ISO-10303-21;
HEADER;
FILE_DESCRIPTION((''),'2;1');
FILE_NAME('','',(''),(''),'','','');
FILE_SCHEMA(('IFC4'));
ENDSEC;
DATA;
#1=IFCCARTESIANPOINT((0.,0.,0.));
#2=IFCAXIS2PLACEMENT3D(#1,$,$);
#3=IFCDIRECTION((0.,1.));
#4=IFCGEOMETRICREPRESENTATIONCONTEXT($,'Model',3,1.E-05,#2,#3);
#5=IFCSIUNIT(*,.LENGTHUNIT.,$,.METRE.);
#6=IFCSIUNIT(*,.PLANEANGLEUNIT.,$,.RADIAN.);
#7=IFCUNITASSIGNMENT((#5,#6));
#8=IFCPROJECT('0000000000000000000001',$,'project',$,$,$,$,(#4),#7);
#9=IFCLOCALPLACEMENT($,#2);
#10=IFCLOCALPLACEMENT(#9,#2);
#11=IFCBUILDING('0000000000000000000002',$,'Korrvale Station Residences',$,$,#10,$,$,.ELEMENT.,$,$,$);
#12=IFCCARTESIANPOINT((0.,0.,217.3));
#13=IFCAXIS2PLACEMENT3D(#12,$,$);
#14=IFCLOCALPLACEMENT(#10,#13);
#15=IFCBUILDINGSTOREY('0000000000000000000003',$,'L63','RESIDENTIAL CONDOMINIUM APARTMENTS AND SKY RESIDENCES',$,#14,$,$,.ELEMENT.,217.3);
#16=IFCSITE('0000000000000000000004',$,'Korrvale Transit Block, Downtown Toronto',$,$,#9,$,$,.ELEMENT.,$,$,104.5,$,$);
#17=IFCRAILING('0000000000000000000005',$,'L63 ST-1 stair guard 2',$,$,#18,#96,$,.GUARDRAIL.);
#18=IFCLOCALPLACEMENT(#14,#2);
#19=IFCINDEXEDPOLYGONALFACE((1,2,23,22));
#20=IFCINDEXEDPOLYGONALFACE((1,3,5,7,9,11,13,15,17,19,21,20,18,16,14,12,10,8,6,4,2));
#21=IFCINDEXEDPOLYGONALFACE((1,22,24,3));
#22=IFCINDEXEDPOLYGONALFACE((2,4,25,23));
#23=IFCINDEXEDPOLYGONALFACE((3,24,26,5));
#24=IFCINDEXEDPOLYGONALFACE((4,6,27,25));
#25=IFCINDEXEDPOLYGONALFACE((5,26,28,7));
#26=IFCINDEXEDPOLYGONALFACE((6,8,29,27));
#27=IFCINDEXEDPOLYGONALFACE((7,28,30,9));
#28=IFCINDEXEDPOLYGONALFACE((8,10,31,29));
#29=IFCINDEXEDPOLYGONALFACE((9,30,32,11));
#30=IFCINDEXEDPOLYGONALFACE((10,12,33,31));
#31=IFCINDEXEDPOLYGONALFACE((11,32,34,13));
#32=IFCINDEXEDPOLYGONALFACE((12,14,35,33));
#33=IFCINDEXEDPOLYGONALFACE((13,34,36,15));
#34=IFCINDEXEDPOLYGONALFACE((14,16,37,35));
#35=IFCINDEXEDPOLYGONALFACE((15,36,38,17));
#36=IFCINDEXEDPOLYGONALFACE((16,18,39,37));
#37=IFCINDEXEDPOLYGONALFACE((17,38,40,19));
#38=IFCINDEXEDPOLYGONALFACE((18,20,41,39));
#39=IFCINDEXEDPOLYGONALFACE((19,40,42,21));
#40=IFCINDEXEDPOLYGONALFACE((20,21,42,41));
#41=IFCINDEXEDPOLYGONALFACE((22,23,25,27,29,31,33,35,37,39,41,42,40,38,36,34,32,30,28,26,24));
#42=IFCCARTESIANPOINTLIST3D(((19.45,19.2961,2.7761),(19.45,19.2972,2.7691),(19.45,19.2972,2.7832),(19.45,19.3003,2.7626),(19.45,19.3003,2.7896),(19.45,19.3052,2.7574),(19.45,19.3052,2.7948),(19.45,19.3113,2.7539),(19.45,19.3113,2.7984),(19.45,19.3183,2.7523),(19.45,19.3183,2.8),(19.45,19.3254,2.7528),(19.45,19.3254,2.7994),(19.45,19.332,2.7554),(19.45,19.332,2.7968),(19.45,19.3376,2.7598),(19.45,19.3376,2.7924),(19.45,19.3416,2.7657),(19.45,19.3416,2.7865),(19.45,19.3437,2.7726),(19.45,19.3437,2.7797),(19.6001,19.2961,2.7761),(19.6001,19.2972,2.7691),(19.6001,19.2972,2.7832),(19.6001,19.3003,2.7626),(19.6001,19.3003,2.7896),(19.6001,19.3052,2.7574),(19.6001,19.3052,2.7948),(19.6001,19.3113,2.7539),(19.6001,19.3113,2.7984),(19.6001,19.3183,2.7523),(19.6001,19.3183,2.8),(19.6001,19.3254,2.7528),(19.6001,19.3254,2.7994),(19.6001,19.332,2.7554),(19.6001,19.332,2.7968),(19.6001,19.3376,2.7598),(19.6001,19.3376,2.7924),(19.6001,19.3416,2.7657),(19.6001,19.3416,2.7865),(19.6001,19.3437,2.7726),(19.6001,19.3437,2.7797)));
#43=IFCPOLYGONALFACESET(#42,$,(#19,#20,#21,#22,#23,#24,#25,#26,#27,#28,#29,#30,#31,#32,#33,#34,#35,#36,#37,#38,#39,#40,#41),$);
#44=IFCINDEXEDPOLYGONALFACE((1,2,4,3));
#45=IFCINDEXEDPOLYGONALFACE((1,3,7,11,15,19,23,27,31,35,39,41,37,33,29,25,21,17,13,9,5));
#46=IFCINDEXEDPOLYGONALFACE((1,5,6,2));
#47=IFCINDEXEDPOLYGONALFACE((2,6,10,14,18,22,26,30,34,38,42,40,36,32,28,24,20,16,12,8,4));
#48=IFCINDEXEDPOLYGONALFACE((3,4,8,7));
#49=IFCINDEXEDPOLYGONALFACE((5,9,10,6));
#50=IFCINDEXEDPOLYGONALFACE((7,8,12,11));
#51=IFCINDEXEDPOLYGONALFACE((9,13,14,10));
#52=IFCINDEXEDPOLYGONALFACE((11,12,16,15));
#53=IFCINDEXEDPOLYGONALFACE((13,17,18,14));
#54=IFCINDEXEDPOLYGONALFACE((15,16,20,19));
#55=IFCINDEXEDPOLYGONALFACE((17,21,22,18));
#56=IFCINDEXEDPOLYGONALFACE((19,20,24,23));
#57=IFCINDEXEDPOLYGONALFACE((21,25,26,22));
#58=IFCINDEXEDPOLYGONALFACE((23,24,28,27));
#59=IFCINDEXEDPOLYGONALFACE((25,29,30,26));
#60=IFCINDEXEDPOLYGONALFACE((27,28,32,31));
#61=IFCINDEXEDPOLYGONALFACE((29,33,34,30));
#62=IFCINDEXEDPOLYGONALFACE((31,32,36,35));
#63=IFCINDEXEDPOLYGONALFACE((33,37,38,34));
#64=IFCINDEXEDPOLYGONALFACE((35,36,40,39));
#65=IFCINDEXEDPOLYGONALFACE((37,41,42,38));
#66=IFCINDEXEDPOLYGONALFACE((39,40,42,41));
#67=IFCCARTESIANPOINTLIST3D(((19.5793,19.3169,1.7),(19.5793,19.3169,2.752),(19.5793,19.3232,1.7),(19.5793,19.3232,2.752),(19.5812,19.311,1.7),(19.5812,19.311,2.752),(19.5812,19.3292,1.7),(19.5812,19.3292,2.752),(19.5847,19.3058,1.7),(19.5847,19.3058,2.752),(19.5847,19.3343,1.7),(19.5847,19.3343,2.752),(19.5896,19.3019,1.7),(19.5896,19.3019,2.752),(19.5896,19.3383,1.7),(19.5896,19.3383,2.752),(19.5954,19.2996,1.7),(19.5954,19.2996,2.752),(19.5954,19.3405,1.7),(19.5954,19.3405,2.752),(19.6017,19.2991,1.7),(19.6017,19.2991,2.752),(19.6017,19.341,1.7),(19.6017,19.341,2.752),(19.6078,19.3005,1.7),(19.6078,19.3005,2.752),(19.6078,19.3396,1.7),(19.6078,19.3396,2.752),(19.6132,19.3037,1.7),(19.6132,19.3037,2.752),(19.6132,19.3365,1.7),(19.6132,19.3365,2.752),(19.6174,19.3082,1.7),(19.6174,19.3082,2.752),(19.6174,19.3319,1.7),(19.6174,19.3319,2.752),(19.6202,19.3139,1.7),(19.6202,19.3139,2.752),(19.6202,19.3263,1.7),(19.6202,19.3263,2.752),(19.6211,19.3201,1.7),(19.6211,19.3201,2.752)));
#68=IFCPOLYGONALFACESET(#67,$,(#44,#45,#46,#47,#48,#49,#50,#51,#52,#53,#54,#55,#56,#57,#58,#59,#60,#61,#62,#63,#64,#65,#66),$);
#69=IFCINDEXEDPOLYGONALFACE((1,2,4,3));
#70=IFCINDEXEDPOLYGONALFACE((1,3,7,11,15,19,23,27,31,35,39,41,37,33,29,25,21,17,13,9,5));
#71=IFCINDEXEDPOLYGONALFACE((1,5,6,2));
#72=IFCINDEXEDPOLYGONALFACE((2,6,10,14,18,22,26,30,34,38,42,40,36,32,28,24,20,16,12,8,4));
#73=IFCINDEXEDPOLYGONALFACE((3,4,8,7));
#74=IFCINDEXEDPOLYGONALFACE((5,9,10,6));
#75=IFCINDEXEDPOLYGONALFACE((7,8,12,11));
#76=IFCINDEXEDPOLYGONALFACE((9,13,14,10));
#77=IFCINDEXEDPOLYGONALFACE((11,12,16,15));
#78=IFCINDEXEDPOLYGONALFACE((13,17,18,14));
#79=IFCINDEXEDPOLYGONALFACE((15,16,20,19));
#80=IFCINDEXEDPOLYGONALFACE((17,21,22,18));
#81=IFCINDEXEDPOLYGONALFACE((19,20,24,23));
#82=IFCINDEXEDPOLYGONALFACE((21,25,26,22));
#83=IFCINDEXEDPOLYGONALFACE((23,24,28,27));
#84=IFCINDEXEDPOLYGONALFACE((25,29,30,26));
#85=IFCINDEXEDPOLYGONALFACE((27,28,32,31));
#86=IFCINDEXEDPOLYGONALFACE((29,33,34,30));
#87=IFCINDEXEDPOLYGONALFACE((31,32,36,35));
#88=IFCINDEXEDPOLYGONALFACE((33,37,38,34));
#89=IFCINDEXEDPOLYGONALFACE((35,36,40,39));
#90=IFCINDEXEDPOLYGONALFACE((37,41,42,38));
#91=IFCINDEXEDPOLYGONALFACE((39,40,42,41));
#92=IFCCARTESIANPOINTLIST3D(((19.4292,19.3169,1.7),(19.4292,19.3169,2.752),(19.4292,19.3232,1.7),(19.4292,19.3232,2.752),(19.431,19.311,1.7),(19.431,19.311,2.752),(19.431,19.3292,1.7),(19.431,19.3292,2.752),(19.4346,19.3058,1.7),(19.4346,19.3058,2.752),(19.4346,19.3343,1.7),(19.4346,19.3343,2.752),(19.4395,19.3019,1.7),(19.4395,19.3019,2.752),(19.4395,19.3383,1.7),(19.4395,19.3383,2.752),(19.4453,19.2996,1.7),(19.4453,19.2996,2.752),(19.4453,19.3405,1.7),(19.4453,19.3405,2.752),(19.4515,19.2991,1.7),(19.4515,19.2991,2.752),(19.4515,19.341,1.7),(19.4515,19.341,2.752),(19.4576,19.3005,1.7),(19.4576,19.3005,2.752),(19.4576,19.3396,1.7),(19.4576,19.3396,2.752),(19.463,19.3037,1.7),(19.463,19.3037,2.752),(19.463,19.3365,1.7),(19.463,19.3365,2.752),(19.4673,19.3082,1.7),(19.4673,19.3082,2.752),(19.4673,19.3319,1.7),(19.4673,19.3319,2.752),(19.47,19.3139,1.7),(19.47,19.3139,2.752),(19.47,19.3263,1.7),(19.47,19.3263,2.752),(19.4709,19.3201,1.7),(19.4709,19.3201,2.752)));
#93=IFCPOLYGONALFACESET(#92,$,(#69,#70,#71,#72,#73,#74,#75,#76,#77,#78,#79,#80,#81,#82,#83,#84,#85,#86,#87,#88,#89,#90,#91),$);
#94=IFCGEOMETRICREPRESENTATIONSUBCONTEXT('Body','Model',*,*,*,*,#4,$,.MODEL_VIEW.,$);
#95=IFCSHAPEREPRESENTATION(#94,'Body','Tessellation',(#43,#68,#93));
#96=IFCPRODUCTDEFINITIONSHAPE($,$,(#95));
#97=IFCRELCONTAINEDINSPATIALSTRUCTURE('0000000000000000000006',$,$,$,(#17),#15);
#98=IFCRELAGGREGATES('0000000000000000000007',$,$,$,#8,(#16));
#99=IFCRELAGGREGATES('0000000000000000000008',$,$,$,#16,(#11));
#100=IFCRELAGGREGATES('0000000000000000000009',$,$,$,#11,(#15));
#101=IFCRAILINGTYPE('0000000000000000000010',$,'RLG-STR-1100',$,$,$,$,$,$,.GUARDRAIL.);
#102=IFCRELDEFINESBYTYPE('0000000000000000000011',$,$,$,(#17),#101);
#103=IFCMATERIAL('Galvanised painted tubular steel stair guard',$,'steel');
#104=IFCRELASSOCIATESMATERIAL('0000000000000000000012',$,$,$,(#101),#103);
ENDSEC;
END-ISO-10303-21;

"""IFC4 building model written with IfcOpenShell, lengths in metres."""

from ifc_helpers import new_model, si_unit, direction, frame, origin, origin_2d, place, context, subcontext, project, spatial, circle, extrude, material, type_object, element, save


model = new_model("IFC4")

# Units and contexts
model_context = context("Model", 3, precision=1e-05, world=origin(), true_north=direction((0.0, 1.0)))
body_context = subcontext(model_context, "Body", "Model", "MODEL_VIEW")
ifc_project = project(units=[si_unit("LENGTHUNIT", "METRE"), si_unit("PLANEANGLEUNIT", "RADIAN")], contexts=[model_context])

# Site, building, storey
site_placement = place(None, origin())
site = spatial("IfcSite", under=ifc_project, at=site_placement, Name="Korrvale Transit Block, Downtown Toronto", CompositionType="ELEMENT", RefElevation=104.5)
building_placement = place(site_placement, origin())
building = spatial("IfcBuilding", under=site, at=building_placement, Name="Korrvale Station Residences", CompositionType="ELEMENT")
storey_placement = place(building_placement, frame((0.0, 0.0, 217.3)))
storey = spatial("IfcBuildingStorey", under=building, at=storey_placement, Name="L63", Description="RESIDENTIAL CONDOMINIUM APARTMENTS AND SKY RESIDENCES", CompositionType="ELEMENT", Elevation=217.3)

# Railing
ifc_material_1 = material(Name="Galvanised painted tubular steel stair guard", Category="steel")
railing_type_1 = type_object("IfcRailingType", Name="RLG-STR-1100", PredefinedType="GUARDRAIL", material=ifc_material_1)
railing_1_placement = place(storey_placement, frame((19.6001, 19.3201, 1.7)))
element("IfcRailing", 1, at=railing_1_placement, inside=storey, type_object=railing_type_1, Name="L63 ST-1 stair guard 2", PredefinedType="GUARDRAIL", context=body_context, shape_type="SweptSolid", body=[
    extrude(circle(Radius=0.0239, at=origin_2d()), frame((0.0, 0.0, 1.0762), z_axis=(-1.0, 0.0, 0.0), x_axis=(0.0, -1.0, 0.0)), (0.0, 0.0, 1.0), 0.1501),
    extrude(circle(Radius=0.021, at=origin_2d()), origin(), (0.0, 0.0, 1.0), 1.052),
    extrude(circle(Radius=0.021, at=origin_2d()), frame((-0.1501, 0.0, 0.0)), (0.0, 0.0, 1.0), 1.052),
])

save(model, "model.ifc")
